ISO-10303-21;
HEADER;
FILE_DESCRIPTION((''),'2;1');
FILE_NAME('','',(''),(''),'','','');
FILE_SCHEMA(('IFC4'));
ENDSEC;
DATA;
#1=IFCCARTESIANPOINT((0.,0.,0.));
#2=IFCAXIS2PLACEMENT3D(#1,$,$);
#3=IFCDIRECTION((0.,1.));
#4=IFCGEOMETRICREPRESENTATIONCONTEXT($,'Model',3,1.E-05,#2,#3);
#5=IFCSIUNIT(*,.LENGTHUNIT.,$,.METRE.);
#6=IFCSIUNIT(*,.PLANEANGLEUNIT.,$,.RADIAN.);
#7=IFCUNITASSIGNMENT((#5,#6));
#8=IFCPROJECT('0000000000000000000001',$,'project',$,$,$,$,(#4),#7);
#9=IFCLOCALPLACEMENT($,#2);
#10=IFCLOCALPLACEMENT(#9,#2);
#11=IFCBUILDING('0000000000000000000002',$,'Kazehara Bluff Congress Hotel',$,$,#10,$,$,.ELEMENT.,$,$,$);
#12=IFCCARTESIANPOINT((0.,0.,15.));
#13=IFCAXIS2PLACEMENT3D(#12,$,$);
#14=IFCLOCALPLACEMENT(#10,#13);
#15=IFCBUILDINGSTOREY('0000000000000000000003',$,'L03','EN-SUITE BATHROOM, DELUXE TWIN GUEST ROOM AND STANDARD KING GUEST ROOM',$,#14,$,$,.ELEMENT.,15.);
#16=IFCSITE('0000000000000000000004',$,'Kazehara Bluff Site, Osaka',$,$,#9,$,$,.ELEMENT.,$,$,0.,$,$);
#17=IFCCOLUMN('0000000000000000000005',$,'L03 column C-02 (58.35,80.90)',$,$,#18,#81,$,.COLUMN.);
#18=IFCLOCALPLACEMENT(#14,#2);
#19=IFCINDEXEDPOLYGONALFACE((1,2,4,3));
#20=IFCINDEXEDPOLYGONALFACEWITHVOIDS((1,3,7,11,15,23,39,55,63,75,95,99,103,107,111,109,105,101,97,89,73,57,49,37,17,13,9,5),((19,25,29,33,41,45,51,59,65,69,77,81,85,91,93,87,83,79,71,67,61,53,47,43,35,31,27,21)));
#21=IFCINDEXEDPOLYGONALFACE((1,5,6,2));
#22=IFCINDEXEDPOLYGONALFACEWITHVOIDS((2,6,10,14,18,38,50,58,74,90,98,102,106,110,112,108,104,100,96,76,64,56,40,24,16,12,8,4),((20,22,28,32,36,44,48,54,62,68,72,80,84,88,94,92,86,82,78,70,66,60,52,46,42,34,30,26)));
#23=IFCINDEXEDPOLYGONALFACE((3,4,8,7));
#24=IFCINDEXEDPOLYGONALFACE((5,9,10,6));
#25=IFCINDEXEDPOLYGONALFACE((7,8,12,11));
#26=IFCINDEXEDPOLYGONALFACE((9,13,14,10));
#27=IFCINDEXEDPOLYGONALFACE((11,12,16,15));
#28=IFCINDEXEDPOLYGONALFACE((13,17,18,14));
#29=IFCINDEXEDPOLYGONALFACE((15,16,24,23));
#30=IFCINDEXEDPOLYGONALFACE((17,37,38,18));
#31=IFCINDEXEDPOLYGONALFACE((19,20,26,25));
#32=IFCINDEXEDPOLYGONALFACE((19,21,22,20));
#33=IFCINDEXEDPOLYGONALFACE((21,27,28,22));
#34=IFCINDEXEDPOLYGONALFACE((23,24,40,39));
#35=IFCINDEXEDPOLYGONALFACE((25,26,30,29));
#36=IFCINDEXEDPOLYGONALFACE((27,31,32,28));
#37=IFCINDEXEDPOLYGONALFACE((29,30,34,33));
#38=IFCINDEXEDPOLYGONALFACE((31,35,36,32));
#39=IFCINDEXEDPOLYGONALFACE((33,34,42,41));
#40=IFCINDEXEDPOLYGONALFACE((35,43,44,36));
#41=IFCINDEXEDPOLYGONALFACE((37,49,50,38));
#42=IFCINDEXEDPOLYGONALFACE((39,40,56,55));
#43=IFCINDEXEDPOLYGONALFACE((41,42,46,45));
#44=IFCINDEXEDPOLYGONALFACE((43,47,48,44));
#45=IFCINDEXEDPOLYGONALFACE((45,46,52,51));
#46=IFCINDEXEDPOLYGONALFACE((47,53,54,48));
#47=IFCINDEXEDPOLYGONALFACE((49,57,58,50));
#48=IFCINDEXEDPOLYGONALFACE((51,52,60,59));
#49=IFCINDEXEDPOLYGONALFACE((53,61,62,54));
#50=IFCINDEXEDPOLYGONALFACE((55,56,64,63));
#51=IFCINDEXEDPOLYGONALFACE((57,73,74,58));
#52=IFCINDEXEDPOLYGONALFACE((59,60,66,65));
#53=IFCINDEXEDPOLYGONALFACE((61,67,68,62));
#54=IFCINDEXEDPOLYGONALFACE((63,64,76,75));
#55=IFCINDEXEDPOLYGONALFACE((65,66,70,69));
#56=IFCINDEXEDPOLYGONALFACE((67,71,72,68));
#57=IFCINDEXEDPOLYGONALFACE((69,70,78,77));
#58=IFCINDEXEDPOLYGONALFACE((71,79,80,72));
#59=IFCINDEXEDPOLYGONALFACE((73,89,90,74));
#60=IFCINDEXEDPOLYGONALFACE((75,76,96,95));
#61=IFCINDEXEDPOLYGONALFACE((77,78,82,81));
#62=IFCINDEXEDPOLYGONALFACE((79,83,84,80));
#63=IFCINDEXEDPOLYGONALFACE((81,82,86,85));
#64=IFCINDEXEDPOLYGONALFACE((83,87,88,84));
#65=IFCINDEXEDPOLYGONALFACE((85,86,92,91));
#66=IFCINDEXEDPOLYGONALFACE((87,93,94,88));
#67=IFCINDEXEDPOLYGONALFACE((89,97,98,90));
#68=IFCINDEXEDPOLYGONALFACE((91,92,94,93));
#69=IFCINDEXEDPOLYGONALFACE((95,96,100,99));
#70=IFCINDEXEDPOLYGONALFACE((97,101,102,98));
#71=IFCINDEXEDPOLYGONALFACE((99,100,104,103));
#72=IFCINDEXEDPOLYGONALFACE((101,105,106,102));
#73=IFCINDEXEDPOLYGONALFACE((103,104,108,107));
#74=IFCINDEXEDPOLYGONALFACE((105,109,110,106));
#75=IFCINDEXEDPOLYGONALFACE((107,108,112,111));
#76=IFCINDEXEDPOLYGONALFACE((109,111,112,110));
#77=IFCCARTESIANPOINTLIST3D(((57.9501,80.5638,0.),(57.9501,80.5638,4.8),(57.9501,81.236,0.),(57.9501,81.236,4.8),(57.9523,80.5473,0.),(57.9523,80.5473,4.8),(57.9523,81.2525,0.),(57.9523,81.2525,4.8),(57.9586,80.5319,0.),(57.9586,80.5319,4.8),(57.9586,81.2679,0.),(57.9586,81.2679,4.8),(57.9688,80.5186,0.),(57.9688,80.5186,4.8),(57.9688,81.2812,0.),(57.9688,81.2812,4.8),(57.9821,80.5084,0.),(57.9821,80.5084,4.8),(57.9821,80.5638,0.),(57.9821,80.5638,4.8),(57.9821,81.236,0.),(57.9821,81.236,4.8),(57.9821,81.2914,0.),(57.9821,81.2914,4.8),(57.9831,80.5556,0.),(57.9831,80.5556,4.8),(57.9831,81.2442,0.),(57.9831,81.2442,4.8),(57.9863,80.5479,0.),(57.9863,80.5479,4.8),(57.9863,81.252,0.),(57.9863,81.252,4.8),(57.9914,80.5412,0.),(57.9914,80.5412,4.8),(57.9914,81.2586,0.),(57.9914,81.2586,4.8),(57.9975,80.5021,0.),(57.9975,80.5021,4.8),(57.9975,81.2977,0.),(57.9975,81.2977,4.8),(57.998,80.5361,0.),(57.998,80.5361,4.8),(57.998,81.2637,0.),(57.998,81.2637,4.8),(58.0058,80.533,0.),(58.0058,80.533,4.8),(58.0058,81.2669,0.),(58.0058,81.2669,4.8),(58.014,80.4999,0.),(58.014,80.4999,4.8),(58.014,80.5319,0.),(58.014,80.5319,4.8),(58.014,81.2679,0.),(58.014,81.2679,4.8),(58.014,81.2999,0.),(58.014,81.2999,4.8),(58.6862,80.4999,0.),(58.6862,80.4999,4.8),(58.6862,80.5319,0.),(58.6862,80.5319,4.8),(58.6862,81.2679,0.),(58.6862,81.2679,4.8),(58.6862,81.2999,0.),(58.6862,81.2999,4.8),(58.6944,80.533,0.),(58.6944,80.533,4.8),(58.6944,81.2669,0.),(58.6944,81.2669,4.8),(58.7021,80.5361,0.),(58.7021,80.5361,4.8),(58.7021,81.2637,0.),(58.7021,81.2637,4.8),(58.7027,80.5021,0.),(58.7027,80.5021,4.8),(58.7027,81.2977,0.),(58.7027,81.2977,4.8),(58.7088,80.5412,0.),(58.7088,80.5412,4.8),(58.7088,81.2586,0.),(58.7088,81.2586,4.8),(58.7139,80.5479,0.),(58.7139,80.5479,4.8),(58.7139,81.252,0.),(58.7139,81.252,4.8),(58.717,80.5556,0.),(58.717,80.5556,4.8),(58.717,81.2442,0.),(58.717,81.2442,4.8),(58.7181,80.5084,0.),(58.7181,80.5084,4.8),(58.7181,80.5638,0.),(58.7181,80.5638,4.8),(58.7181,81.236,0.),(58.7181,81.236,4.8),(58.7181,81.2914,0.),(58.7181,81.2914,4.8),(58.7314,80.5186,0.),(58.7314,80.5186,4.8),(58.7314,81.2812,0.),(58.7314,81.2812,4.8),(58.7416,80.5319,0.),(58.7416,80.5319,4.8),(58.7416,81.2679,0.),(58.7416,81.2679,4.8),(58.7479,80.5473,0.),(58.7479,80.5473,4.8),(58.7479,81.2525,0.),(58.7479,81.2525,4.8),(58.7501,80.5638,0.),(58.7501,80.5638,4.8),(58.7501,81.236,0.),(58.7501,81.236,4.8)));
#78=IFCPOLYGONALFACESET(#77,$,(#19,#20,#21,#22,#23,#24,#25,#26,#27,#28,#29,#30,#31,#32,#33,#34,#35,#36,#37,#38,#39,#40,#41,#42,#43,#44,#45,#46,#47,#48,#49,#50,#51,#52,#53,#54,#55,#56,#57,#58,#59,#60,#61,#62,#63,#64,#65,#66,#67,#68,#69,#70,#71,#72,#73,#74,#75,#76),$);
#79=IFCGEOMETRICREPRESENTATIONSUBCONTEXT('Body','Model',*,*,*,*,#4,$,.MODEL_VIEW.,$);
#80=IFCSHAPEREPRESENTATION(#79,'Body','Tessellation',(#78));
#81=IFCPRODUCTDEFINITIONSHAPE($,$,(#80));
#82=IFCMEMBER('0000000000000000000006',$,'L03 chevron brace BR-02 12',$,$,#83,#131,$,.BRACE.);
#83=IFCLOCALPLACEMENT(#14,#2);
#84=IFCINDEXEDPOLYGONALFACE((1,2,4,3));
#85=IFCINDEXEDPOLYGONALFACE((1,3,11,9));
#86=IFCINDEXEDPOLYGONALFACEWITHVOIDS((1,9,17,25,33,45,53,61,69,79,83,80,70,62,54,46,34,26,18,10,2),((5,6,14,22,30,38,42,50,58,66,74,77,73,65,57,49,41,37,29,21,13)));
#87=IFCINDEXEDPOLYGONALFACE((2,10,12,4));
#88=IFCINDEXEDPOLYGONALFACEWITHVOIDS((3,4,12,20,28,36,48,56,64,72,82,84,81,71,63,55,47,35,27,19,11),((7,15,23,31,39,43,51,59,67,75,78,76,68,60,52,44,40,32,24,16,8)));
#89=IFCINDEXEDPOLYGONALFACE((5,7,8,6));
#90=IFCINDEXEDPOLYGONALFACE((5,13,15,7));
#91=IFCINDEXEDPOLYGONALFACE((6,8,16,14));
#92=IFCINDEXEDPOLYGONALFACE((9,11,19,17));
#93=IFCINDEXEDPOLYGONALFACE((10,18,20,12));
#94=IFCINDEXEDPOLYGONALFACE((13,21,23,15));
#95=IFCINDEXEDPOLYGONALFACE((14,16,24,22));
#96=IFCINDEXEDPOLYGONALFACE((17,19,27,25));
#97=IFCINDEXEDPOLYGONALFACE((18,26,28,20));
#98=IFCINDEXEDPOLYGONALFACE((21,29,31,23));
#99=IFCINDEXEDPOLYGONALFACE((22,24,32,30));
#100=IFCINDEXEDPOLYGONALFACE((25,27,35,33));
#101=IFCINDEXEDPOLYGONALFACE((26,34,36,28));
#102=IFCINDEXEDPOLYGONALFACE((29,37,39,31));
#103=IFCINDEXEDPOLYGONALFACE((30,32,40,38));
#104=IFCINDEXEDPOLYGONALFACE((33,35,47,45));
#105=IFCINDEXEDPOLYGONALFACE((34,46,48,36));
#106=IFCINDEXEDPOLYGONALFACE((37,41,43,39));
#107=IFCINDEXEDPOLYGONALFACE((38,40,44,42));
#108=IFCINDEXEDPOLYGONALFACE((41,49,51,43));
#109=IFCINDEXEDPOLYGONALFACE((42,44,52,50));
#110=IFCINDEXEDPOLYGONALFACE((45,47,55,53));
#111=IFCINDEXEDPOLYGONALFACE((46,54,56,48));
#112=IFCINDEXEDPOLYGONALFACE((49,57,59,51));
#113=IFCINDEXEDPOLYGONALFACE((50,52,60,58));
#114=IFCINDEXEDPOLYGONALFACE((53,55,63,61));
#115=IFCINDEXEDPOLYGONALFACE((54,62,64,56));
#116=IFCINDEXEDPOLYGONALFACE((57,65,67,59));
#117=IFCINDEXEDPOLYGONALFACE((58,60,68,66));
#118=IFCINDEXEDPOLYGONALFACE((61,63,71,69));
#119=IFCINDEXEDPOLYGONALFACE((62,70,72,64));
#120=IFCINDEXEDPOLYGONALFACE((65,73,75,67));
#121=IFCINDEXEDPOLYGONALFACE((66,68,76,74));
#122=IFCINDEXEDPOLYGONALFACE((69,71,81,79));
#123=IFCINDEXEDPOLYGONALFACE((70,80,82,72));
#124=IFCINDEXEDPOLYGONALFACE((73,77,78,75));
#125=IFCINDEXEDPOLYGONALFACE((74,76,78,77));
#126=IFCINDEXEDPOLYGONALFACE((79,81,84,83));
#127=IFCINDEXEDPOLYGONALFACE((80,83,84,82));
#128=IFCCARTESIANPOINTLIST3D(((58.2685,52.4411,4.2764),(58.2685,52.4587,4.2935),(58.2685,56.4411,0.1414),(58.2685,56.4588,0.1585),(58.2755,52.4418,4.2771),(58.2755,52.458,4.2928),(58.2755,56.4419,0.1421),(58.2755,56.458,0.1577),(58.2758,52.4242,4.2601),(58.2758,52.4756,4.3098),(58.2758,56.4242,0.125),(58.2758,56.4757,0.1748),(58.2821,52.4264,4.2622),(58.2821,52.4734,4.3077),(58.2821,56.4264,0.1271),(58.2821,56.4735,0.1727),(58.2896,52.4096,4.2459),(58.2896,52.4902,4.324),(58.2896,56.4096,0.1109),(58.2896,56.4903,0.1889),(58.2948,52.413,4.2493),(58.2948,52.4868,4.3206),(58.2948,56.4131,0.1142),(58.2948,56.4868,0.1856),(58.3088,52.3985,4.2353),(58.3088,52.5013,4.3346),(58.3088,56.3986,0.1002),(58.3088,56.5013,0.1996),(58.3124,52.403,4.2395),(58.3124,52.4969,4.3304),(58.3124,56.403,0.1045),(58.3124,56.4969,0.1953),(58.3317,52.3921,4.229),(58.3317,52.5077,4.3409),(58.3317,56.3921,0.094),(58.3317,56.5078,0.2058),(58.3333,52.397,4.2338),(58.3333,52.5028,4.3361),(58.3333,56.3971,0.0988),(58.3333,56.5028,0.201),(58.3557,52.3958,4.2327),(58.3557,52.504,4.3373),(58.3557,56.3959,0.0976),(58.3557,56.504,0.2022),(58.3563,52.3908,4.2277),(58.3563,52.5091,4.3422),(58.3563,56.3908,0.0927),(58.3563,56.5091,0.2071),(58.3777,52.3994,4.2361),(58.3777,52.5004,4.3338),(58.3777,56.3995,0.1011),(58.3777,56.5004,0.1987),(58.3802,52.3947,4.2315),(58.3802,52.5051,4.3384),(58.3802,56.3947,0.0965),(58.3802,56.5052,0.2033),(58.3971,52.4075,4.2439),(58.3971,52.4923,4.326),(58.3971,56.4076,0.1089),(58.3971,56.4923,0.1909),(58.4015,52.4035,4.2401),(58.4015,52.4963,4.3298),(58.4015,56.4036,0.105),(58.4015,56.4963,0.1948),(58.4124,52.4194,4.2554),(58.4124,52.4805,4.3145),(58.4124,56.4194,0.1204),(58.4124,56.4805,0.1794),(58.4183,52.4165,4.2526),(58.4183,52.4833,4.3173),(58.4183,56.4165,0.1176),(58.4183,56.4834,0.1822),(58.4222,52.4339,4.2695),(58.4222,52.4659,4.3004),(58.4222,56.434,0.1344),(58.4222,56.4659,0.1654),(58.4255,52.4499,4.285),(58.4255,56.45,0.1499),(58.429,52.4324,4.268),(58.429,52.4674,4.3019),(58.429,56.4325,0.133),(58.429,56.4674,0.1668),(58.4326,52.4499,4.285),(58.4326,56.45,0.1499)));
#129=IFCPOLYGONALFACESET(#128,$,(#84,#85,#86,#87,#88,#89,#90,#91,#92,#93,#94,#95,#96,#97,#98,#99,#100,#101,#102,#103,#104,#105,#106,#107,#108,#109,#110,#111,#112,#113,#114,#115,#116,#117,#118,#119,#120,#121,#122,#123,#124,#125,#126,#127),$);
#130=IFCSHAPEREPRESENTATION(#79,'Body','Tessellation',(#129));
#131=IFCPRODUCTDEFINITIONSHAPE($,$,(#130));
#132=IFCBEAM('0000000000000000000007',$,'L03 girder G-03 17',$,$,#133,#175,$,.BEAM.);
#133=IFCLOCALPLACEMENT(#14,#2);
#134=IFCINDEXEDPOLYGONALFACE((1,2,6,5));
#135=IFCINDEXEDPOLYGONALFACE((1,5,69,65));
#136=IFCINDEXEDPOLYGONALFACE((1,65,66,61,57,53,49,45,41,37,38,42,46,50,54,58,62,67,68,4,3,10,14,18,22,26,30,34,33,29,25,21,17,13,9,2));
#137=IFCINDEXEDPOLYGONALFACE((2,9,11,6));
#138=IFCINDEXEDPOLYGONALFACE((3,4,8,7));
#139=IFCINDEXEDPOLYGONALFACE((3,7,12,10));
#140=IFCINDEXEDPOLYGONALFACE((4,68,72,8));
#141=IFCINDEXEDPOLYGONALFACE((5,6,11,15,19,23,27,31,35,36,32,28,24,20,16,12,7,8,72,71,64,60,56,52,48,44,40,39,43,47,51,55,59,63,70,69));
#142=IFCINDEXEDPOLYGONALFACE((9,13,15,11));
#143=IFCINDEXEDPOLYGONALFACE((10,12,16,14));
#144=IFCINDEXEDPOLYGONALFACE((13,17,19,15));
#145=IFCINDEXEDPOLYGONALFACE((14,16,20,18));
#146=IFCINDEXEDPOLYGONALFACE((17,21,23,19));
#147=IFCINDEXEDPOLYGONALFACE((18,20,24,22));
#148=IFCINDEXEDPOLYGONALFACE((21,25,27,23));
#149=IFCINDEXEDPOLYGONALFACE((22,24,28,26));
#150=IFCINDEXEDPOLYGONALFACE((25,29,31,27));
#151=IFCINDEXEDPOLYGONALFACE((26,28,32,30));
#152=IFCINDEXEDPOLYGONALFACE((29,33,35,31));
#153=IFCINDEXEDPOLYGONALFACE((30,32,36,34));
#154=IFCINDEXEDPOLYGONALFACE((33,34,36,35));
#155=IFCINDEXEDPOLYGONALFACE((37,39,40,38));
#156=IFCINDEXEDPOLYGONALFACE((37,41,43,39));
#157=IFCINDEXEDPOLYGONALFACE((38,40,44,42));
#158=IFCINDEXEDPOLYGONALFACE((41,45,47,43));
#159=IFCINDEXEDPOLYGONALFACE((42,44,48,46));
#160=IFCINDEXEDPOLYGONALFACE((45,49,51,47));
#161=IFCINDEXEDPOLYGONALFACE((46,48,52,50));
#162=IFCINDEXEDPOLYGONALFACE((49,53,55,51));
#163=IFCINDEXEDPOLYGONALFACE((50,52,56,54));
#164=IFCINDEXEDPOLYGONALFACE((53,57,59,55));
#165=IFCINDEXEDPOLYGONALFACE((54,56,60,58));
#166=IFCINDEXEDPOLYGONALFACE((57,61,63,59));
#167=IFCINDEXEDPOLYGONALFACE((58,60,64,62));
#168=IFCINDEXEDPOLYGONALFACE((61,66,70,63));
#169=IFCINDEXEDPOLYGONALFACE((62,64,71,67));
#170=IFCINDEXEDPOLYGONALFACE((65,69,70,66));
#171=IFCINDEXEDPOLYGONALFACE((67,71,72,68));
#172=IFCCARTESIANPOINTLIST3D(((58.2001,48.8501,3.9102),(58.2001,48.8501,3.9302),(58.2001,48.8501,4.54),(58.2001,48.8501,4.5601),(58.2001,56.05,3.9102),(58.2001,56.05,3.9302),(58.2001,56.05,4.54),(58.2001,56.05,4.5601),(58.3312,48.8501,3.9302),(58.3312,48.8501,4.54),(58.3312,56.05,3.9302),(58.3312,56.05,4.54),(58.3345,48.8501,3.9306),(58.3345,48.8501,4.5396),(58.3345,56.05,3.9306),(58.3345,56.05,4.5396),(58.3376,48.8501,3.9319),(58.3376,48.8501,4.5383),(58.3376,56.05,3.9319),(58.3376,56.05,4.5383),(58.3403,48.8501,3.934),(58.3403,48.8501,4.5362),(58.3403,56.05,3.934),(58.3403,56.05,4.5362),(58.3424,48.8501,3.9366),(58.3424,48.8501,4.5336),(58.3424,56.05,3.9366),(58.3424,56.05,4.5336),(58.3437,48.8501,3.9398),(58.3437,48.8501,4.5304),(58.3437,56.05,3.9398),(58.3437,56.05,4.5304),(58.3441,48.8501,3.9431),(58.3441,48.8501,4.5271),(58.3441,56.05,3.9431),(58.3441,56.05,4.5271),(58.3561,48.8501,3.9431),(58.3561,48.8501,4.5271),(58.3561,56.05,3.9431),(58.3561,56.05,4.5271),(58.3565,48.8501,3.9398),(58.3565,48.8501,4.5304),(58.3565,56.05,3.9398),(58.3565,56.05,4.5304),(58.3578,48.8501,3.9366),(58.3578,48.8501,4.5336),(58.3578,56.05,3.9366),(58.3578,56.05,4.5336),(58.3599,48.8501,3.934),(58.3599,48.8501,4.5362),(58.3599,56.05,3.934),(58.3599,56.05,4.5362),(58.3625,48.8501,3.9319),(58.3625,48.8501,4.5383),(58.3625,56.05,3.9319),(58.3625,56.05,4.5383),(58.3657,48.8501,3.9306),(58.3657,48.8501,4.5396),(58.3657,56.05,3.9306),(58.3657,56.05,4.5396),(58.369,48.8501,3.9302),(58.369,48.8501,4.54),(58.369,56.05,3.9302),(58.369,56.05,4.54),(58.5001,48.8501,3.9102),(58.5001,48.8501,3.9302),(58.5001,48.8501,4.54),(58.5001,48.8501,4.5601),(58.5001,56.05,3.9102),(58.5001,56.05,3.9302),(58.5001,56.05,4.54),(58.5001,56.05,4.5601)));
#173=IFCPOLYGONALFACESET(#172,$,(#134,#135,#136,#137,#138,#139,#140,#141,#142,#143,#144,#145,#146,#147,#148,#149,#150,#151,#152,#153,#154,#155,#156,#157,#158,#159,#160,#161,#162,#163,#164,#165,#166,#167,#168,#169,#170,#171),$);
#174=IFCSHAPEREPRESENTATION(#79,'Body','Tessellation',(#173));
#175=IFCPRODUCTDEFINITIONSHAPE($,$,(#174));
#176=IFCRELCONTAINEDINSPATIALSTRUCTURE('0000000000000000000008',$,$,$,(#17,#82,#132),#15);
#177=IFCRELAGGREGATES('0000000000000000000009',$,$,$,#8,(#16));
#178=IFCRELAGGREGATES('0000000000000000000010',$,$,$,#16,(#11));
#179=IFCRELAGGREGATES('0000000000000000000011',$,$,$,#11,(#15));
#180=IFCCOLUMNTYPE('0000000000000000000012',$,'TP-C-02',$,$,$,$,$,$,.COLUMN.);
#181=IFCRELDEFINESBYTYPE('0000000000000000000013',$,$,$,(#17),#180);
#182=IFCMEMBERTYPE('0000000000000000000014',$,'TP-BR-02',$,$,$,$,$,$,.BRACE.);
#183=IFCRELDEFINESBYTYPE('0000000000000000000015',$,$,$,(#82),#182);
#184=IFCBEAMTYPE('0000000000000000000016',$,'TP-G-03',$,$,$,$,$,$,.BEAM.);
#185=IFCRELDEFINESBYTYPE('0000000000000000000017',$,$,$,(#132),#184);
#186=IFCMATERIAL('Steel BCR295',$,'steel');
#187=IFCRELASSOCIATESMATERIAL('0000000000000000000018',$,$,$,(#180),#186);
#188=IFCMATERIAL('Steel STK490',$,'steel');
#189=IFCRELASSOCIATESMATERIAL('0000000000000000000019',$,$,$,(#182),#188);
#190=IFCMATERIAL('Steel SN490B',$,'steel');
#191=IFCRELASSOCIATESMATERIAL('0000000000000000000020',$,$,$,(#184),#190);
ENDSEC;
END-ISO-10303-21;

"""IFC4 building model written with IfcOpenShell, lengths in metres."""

from ifc_helpers import new_model, si_unit, direction, frame, origin, origin_2d, place, context, subcontext, project, spatial, hollow_rectangle, hollow_circle, i_section, extrude, material, material_profile, profile_set, type_object, element, save


model = new_model("IFC4")

# Units and contexts
model_context = context("Model", 3, precision=1e-05, world=origin(), true_north=direction((0.0, 1.0)))
body_context = subcontext(model_context, "Body", "Model", "MODEL_VIEW")
ifc_project = project(units=[si_unit("LENGTHUNIT", "METRE"), si_unit("PLANEANGLEUNIT", "RADIAN")], contexts=[model_context])

# Site, building, storey
site_placement = place(None, origin())
site = spatial("IfcSite", under=ifc_project, at=site_placement, Name="Kazehara Bluff Site, Osaka", CompositionType="ELEMENT", RefElevation=0.0)
building_placement = place(site_placement, origin())
building = spatial("IfcBuilding", under=site, at=building_placement, Name="Kazehara Bluff Congress Hotel", CompositionType="ELEMENT")
storey_placement = place(building_placement, frame((0.0, 0.0, 15.0)))
storey = spatial("IfcBuildingStorey", under=building, at=storey_placement, Name="L03", Description="EN-SUITE BATHROOM, DELUXE TWIN GUEST ROOM AND STANDARD KING GUEST ROOM", CompositionType="ELEMENT", Elevation=15.0)

# Column
ifc_material_1 = material(Name="Steel BCR295", Category="steel")
ifc_material_profile_1 = material_profile(ifc_material_1, hollow_rectangle(XDim=0.8, YDim=0.8, WallThickness=0.032, InnerFilletRadius=0.032, OuterFilletRadius=0.064, at=origin_2d()))
ifc_profile_set_1 = profile_set([ifc_material_profile_1], Name="Steel BCR295")
column_type = type_object("IfcColumnType", Name="TP-C-02", PredefinedType="COLUMN", material=ifc_profile_set_1)
for number, where, z_axis, x_axis, name in (
    (1, (58.3501, 80.8999, 0.0), (0.0, 0.0, 1.0), (1.0, 0.0, 0.0), "L03 column C-02 (58.35,80.90)"),
):
    element("IfcColumn", number, at=place(storey_placement, frame(where, z_axis=z_axis, x_axis=x_axis)), inside=storey, type_object=column_type, Name=name, PredefinedType="COLUMN", context=body_context, shape_type="SweptSolid", body=[
        extrude(hollow_rectangle(XDim=0.8, YDim=0.8, WallThickness=0.032, InnerFilletRadius=0.032, OuterFilletRadius=0.064, at=origin_2d()), origin(), (0.0, 0.0, 1.0), 4.8),
    ])

# Member
ifc_material_2 = material(Name="Steel STK490", Category="steel")
ifc_material_profile_2 = material_profile(ifc_material_2, hollow_circle(Radius=0.0825, WallThickness=0.0071, at=origin_2d()))
ifc_profile_set_2 = profile_set([ifc_material_profile_2], Name="Steel STK490")
member_type = type_object("IfcMemberType", Name="TP-BR-02", PredefinedType="BRACE", material=ifc_profile_set_2)
member_placement = place(storey_placement, frame((58.3501, 56.45, 0.1499), z_axis=(0.0, -0.695276, 0.718743), x_axis=(1.0, 0.0, 0.0)))
element("IfcMember", 2, at=member_placement, inside=storey, type_object=member_type, Name="L03 chevron brace BR-02 12", PredefinedType="BRACE", context=body_context, shape_type="SweptSolid", body=[
    extrude(hollow_circle(Radius=0.0825, WallThickness=0.0071, at=origin_2d()), origin(), (0.0, 0.0, 1.0), 5.7532),
])

# Beam
ifc_material_3 = material(Name="Steel SN490B", Category="steel")
ifc_material_profile_3 = material_profile(ifc_material_3, i_section(OverallWidth=0.3, OverallDepth=0.6499, WebThickness=0.012, FlangeThickness=0.02, FilletRadius=0.0129, at=origin_2d()))
ifc_profile_set_3 = profile_set([ifc_material_profile_3], Name="Steel SN490B")
beam_type = type_object("IfcBeamType", Name="TP-G-03", PredefinedType="BEAM", material=ifc_profile_set_3)
for number, where, z_axis, x_axis, name in (
    (3, (58.3501, 48.8501, 4.2351), (0.0, 1.0, 0.0), (-1.0, 0.0, 0.0), "L03 girder G-03 17"),
):
    element("IfcBeam", number, at=place(storey_placement, frame(where, z_axis=z_axis, x_axis=x_axis)), inside=storey, type_object=beam_type, Name=name, PredefinedType="BEAM", context=body_context, shape_type="SweptSolid", body=[
        extrude(i_section(OverallWidth=0.3, OverallDepth=0.6499, WebThickness=0.012, FlangeThickness=0.02, FilletRadius=0.0129, at=origin_2d()), origin(), (0.0, 0.0, 1.0), 7.2),
    ])

save(model, "model.ifc")
